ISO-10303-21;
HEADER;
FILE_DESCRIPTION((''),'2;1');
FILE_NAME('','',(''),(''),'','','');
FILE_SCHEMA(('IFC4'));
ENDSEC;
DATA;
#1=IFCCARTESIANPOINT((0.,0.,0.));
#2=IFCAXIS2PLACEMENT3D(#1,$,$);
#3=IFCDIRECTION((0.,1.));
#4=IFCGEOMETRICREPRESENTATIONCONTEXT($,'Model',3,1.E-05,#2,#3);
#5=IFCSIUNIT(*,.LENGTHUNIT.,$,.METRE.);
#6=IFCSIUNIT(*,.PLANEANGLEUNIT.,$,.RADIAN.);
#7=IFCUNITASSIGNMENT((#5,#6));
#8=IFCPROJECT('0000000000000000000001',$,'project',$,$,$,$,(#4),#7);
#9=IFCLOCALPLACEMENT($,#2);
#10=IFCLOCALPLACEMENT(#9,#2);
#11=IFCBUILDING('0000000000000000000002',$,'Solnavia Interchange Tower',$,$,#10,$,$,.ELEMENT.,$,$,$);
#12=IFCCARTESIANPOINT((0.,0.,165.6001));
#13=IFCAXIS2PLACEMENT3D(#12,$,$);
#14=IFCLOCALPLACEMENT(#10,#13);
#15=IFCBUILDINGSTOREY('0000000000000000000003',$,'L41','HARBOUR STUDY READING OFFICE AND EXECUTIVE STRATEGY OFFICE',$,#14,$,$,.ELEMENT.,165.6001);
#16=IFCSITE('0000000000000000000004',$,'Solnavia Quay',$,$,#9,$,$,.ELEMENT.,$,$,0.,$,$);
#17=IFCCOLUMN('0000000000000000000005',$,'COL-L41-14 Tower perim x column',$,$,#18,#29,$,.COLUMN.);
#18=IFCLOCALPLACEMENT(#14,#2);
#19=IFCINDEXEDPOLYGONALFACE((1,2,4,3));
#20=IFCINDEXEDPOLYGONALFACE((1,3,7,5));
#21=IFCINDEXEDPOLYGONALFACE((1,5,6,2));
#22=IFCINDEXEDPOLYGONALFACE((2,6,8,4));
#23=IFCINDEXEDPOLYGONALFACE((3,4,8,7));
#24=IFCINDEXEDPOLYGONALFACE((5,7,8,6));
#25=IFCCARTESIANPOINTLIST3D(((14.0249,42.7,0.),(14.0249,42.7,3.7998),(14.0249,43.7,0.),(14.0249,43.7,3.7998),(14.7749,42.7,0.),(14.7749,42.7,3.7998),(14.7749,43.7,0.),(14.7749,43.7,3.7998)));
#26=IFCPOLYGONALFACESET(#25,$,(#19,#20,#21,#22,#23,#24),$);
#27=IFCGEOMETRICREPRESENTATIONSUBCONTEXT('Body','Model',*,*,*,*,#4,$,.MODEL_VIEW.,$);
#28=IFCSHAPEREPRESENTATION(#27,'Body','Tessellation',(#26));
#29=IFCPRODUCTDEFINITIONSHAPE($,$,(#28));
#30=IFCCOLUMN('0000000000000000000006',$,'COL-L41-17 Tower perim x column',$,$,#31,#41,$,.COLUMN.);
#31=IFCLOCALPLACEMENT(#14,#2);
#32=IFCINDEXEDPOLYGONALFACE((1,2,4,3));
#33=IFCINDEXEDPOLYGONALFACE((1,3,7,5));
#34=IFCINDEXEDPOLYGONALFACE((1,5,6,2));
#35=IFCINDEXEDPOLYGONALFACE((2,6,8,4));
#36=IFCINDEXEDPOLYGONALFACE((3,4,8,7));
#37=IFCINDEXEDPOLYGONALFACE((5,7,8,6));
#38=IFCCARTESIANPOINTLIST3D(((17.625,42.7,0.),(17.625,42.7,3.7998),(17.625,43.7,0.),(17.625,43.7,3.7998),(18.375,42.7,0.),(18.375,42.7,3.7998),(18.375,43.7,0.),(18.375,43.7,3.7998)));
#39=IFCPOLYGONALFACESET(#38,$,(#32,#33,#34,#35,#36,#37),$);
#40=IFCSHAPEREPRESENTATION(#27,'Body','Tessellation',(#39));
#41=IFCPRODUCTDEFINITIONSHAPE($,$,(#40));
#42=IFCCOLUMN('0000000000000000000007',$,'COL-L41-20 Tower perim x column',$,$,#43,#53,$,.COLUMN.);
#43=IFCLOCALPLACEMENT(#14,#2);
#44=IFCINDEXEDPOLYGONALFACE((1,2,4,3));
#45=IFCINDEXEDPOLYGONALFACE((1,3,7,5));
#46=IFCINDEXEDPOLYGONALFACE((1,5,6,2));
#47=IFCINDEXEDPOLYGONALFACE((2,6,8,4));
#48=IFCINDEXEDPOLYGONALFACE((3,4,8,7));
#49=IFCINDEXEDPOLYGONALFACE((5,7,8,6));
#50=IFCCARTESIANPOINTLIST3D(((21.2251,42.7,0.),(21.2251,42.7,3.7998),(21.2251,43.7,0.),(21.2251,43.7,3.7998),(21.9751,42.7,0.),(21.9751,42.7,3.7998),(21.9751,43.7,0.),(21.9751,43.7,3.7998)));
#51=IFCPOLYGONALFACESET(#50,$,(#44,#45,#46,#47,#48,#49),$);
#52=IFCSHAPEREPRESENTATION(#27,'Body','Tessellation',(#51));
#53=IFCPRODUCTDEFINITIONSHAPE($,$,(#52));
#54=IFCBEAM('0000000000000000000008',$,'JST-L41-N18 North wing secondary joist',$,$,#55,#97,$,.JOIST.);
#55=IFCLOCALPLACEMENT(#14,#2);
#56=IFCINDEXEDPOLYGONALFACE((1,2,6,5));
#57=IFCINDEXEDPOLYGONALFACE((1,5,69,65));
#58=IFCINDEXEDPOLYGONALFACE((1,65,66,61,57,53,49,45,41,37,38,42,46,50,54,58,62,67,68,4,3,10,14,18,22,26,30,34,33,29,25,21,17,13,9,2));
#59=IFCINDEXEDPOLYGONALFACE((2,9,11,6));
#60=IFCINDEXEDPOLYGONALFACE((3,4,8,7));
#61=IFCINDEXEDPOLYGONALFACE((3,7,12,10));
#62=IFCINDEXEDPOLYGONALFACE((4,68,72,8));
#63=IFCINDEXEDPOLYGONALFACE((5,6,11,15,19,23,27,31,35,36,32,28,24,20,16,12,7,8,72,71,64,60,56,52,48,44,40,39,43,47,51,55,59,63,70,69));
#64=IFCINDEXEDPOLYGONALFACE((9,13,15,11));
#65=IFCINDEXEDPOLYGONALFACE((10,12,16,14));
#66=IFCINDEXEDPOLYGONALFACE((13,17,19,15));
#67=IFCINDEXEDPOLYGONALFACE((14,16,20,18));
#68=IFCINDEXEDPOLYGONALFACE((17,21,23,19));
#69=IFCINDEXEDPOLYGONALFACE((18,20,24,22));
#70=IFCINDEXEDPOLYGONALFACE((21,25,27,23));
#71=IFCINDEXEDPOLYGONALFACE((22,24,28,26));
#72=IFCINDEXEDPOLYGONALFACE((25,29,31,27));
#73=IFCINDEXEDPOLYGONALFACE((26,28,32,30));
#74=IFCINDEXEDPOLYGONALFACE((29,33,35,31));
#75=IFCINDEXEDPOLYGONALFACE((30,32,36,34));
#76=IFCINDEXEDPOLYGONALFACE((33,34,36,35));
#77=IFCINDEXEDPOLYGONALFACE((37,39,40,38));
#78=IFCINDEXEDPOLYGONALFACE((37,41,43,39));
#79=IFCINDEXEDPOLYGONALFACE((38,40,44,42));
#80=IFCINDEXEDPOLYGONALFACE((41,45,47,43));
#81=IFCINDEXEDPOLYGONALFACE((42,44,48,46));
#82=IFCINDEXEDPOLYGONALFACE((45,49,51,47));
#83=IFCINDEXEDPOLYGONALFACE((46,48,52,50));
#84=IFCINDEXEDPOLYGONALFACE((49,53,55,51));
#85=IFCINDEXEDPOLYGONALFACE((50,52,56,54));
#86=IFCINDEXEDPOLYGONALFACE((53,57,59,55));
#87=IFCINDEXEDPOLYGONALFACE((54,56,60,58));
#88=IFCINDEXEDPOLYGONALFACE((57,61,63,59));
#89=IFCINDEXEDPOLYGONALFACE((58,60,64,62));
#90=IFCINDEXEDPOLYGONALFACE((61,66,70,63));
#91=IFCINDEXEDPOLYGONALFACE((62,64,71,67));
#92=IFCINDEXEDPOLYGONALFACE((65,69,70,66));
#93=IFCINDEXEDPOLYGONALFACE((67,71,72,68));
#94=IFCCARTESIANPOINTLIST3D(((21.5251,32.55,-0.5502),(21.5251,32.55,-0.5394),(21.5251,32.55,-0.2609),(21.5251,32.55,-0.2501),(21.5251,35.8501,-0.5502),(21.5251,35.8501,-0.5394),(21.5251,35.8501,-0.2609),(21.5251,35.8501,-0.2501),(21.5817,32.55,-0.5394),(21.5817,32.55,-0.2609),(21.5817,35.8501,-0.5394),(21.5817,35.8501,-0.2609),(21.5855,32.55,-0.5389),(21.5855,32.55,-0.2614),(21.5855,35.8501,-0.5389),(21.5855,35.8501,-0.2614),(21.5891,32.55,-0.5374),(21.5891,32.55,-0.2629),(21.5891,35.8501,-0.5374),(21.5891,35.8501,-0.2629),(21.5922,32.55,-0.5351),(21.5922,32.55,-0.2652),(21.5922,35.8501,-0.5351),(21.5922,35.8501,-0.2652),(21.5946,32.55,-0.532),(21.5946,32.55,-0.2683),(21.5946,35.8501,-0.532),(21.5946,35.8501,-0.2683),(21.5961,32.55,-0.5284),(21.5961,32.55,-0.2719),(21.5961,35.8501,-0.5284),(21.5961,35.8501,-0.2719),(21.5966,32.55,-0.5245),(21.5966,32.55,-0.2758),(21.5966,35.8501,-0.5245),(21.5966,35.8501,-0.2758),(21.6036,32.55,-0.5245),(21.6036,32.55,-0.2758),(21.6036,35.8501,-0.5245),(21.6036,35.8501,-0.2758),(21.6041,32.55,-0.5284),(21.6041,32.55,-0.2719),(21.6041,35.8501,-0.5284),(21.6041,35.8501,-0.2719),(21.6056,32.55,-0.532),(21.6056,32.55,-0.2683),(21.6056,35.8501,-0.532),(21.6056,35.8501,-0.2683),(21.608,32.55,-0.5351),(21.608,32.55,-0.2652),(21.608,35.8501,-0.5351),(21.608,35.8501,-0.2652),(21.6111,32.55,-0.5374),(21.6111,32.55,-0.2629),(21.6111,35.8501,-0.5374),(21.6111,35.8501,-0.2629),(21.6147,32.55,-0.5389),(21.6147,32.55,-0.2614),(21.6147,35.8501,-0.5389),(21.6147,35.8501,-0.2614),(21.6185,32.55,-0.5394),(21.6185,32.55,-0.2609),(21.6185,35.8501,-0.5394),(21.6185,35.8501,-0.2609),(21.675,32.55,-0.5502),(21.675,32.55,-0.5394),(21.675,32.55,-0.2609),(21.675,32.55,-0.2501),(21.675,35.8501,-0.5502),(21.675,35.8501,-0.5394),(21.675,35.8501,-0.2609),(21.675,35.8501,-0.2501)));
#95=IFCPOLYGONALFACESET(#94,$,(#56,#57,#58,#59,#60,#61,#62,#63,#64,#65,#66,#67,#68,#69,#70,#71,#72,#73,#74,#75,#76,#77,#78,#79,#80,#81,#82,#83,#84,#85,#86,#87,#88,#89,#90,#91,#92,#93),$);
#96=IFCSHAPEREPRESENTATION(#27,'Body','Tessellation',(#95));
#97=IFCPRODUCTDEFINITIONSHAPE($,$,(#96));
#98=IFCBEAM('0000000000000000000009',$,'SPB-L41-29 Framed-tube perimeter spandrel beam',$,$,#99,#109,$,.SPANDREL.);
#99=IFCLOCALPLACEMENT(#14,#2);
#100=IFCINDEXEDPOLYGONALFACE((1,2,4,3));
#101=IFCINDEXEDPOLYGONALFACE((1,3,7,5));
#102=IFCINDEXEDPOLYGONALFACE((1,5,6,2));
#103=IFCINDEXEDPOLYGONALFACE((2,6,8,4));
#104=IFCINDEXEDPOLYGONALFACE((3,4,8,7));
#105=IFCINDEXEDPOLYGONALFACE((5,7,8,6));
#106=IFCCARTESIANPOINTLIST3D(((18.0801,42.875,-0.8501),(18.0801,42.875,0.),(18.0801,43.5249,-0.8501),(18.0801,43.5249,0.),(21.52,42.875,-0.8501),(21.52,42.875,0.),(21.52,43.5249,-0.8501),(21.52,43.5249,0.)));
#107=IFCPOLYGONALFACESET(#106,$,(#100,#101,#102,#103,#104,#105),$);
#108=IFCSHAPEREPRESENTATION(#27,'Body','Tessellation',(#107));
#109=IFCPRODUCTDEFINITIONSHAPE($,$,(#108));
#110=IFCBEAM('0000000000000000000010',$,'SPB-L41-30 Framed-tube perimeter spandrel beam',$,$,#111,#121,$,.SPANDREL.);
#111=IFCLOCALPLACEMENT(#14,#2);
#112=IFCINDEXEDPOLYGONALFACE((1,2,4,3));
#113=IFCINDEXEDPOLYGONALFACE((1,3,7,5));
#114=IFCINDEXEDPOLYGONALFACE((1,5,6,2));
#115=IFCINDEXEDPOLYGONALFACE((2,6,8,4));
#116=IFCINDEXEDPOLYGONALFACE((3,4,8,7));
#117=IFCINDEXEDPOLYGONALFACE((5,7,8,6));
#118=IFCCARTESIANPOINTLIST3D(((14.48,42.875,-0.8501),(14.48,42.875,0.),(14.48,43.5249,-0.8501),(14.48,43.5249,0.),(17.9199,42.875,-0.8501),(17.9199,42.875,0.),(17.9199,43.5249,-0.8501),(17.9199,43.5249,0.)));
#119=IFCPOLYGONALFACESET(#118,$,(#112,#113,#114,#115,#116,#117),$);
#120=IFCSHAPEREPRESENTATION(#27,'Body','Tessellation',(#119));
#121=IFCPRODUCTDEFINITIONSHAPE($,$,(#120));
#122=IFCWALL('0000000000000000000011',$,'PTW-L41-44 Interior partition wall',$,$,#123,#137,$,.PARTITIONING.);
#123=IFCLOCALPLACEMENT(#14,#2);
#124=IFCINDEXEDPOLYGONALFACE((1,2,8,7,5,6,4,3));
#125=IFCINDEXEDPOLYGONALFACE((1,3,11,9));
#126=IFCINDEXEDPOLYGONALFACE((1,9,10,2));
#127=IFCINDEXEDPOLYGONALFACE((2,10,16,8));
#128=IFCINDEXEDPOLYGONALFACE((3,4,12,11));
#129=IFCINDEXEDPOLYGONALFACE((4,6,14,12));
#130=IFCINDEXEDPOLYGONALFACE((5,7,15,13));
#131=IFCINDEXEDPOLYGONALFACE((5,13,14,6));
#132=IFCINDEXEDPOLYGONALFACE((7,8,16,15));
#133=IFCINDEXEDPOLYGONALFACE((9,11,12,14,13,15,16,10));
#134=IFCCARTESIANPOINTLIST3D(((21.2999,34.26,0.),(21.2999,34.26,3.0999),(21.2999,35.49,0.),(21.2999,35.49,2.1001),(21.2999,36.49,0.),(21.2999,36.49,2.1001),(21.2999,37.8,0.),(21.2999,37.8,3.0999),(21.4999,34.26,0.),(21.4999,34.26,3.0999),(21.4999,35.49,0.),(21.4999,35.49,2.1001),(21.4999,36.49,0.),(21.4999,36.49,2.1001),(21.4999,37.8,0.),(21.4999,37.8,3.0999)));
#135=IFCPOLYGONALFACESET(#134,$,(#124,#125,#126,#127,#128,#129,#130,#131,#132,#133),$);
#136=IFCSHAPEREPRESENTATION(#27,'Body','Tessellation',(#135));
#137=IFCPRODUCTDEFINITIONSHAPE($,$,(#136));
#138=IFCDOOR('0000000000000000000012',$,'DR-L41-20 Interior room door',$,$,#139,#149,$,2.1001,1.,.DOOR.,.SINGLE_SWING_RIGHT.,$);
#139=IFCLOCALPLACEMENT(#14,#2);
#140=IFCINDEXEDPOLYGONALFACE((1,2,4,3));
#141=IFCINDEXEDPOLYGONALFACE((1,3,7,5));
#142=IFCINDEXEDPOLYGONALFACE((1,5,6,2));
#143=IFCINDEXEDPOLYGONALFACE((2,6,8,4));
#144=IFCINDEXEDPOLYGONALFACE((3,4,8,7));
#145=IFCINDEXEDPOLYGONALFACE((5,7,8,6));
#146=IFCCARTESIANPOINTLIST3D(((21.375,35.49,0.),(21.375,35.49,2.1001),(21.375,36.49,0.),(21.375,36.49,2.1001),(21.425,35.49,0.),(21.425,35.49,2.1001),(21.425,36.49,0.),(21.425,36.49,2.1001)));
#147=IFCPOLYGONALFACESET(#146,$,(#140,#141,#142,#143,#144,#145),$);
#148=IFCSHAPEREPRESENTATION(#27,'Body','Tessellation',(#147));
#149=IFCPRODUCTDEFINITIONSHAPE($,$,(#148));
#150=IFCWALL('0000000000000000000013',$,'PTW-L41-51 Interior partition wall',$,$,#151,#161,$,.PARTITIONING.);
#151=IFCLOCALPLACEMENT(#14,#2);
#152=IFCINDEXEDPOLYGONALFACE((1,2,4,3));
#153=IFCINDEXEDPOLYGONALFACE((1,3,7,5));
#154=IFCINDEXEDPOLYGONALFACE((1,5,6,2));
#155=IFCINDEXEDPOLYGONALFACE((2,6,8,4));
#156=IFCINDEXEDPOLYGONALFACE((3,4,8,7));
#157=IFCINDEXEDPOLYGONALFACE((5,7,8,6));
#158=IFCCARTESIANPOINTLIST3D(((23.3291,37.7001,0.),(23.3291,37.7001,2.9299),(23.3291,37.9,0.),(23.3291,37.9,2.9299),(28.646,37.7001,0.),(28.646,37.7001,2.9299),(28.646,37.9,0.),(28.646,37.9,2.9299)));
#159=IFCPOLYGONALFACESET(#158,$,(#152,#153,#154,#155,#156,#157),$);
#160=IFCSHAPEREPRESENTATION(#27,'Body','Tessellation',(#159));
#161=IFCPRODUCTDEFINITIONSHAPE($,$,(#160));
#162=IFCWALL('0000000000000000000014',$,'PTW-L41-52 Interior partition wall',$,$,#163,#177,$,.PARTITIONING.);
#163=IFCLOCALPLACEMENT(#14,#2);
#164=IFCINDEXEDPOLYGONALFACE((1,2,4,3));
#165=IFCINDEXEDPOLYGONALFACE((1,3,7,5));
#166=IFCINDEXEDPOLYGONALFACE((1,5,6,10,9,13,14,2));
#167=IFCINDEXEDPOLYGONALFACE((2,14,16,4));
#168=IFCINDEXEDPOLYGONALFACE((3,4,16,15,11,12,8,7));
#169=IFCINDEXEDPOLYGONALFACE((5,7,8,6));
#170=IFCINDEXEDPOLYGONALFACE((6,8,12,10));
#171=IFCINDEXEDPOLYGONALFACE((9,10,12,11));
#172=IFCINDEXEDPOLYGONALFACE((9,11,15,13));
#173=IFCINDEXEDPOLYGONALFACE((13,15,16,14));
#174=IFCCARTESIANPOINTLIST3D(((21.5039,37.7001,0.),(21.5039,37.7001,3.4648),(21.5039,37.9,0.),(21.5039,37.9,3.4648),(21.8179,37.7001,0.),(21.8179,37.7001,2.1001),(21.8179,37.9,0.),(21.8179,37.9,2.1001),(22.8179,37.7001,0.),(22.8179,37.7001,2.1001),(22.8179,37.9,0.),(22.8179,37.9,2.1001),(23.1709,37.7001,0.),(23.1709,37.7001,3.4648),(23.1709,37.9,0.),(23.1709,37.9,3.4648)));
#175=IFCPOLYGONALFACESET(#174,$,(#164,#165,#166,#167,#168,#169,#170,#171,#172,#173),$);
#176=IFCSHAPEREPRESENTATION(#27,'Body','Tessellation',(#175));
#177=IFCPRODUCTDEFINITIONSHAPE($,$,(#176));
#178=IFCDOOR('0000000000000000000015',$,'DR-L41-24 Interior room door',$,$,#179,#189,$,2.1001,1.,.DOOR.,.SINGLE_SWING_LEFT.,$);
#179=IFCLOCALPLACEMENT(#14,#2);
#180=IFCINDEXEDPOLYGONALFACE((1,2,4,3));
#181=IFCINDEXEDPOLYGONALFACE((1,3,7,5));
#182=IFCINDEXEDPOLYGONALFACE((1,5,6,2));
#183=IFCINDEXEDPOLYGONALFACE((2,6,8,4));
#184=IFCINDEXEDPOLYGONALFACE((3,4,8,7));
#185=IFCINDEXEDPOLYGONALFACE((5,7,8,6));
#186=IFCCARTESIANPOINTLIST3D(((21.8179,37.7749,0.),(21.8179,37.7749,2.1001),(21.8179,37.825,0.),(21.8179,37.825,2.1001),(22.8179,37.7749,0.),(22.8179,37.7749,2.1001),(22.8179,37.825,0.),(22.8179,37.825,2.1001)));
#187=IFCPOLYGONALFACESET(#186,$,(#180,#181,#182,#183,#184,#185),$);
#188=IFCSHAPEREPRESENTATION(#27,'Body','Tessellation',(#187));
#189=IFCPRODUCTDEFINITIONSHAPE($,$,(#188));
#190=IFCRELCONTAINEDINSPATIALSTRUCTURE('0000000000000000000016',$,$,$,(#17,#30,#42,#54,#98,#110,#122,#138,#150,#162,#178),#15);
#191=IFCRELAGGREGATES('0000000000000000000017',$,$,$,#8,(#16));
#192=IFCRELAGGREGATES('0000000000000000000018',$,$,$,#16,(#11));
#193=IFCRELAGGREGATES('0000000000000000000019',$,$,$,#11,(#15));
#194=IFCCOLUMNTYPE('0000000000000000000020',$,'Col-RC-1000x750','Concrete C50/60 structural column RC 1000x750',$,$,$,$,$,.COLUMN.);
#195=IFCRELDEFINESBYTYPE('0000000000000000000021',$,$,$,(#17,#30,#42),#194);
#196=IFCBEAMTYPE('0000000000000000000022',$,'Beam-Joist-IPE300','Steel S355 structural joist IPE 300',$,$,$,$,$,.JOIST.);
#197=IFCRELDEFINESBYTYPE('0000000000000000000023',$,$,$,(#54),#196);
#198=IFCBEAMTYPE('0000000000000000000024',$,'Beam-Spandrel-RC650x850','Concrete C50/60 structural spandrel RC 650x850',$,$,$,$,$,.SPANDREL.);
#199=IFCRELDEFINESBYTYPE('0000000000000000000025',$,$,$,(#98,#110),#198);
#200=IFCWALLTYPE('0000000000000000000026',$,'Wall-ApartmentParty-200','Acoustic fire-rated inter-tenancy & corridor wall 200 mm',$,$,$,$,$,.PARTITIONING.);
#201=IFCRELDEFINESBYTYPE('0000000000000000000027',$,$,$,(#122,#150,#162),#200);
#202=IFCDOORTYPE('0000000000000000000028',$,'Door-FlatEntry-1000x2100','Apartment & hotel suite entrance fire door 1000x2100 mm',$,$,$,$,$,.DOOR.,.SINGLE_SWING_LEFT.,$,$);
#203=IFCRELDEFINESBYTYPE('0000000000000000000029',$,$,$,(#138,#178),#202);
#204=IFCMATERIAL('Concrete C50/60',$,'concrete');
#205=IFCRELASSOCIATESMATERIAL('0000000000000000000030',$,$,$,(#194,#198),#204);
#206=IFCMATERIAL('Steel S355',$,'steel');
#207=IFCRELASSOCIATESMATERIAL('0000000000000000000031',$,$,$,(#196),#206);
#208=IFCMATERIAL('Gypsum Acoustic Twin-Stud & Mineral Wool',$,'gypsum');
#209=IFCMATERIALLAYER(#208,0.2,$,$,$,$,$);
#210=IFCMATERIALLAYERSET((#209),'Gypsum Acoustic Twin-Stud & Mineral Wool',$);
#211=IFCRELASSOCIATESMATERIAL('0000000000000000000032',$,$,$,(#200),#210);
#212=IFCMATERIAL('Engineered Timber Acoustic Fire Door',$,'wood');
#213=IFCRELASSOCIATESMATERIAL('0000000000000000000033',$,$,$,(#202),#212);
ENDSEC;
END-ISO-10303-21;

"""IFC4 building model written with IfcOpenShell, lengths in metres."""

from ifc_helpers import new_model, si_unit, direction, frame, frame_2d, origin, origin_2d, place, context, subcontext, project, spatial, rectangle, i_section, extrude, material, layer, layer_set, material_profile, profile_set, type_object, element, fill, save


model = new_model("IFC4")

# Units and contexts
model_context = context("Model", 3, precision=1e-05, world=origin(), true_north=direction((0.0, 1.0)))
body_context = subcontext(model_context, "Body", "Model", "MODEL_VIEW")
ifc_project = project(units=[si_unit("LENGTHUNIT", "METRE"), si_unit("PLANEANGLEUNIT", "RADIAN")], contexts=[model_context])

# Site, building, storey
site_placement = place(None, origin())
site = spatial("IfcSite", under=ifc_project, at=site_placement, Name="Solnavia Quay", CompositionType="ELEMENT", RefElevation=0.0)
building_placement = place(site_placement, origin())
building = spatial("IfcBuilding", under=site, at=building_placement, Name="Solnavia Interchange Tower", CompositionType="ELEMENT")
storey_placement = place(building_placement, frame((0.0, 0.0, 165.6001)))
storey = spatial("IfcBuildingStorey", under=building, at=storey_placement, Name="L41", Description="HARBOUR STUDY READING OFFICE AND EXECUTIVE STRATEGY OFFICE", CompositionType="ELEMENT", Elevation=165.6001)

# Columns
ifc_material_1 = material(Name="Concrete C50/60", Category="concrete")
ifc_material_profile_1 = material_profile(ifc_material_1, rectangle(XDim=0.75, YDim=1.0, at=origin_2d()), Name="RC 1000x750")
ifc_profile_set_1 = profile_set([ifc_material_profile_1], Name="Concrete C50/60")
column_type = type_object("IfcColumnType", Name="Col-RC-1000x750", Description="Concrete C50/60 structural column RC 1000x750", PredefinedType="COLUMN", material=ifc_profile_set_1)
for number, where, z_axis, x_axis, name in (
    (1, (14.3999, 43.2, 0.0), (0.0, 0.0, 1.0), (1.0, 0.0, 0.0), "COL-L41-14 Tower perim x column"),
    (2, (18.0, 43.2, 0.0), (0.0, 0.0, 1.0), (1.0, 0.0, 0.0), "COL-L41-17 Tower perim x column"),
    (3, (21.6001, 43.2, 0.0), (0.0, 0.0, 1.0), (1.0, 0.0, 0.0), "COL-L41-20 Tower perim x column"),
):
    element("IfcColumn", number, at=place(storey_placement, frame(where, z_axis=z_axis, x_axis=x_axis)), inside=storey, type_object=column_type, Name=name, PredefinedType="COLUMN", context=body_context, shape_type="SweptSolid", body=[
        extrude(rectangle(XDim=0.75, YDim=1.0, at=origin_2d()), origin(), (0.0, 0.0, 1.0), 3.7998),
    ])

# Beams
ifc_material_2 = material(Name="Steel S355", Category="steel")
ifc_material_profile_2 = material_profile(ifc_material_2, i_section(OverallWidth=0.1499, OverallDepth=0.3, WebThickness=0.0071, FlangeThickness=0.0107, FilletRadius=0.0149, at=origin_2d()), Name="IPE 300")
ifc_profile_set_2 = profile_set([ifc_material_profile_2], Name="Steel S355")
beam_type_1 = type_object("IfcBeamType", Name="Beam-Joist-IPE300", Description="Steel S355 structural joist IPE 300", PredefinedType="JOIST", material=ifc_profile_set_2)
beam_placement = place(storey_placement, frame((21.6001, 32.55, -0.4001), z_axis=(0.0, 1.0, 0.0), x_axis=(-1.0, 0.0, 0.0)))
element("IfcBeam", 4, at=beam_placement, inside=storey, type_object=beam_type_1, Name="JST-L41-N18 North wing secondary joist", PredefinedType="JOIST", context=body_context, shape_type="SweptSolid", body=[
    extrude(i_section(OverallWidth=0.1499, OverallDepth=0.3, WebThickness=0.0071, FlangeThickness=0.0107, FilletRadius=0.0149, at=origin_2d()), origin(), (0.0, 0.0, 1.0), 3.3),
])
ifc_material_profile_3 = material_profile(ifc_material_1, rectangle(XDim=0.6499, YDim=0.8501, at=origin_2d()), Name="RC 650x850")
ifc_profile_set_3 = profile_set([ifc_material_profile_3], Name="Concrete C50/60")
beam_type_2 = type_object("IfcBeamType", Name="Beam-Spandrel-RC650x850", Description="Concrete C50/60 structural spandrel RC 650x850", PredefinedType="SPANDREL", material=ifc_profile_set_3)
for number, where, z_axis, x_axis, name in (
    (5, (21.52, 43.2, -0.425), (-1.0, 0.0, 0.0), (0.0, -1.0, 0.0), "SPB-L41-29 Framed-tube perimeter spandrel beam"),
    (6, (17.9199, 43.2, -0.425), (-1.0, 0.0, 0.0), (0.0, -1.0, 0.0), "SPB-L41-30 Framed-tube perimeter spandrel beam"),
):
    element("IfcBeam", number, at=place(storey_placement, frame(where, z_axis=z_axis, x_axis=x_axis)), inside=storey, type_object=beam_type_2, Name=name, PredefinedType="SPANDREL", context=body_context, shape_type="SweptSolid", body=[
        extrude(rectangle(XDim=0.6499, YDim=0.8501, at=origin_2d()), origin(), (0.0, 0.0, 1.0), 3.4399),
    ])

# Wall, opening, door
ifc_material_3 = material(Name="Gypsum Acoustic Twin-Stud & Mineral Wool", Category="gypsum")
ifc_layer_1 = layer(ifc_material_3, 0.2)
ifc_layer_set_1 = layer_set([ifc_layer_1], Name="Gypsum Acoustic Twin-Stud & Mineral Wool")
wall_type_1 = type_object("IfcWallType", Name="Wall-ApartmentParty-200", Description="Acoustic fire-rated inter-tenancy & corridor wall 200 mm", PredefinedType="PARTITIONING", material=ifc_layer_set_1)
wall_1_placement = place(storey_placement, frame((21.3999, 34.26, 0.0), z_axis=(0.0, 0.0, 1.0), x_axis=(0.0, 1.0, 0.0)))
wall_1 = element("IfcWall", 7, at=wall_1_placement, inside=storey, type_object=wall_type_1, Name="PTW-L41-44 Interior partition wall", PredefinedType="PARTITIONING", context=body_context, shape_type="SweptSolid", body=[
    extrude(rectangle(XDim=3.54, YDim=0.2, at=frame_2d((1.77, 0.0))), origin(), (0.0, 0.0, 1.0), 3.0999),
])
opening_1_placement = place(wall_1_placement, frame((1.23, 0.0, 0.0)))
opening_1 = element("IfcOpeningElement", 8, at=opening_1_placement, cuts=wall_1, PredefinedType="OPENING", context=body_context, shape_type="SweptSolid", body=[
    extrude(rectangle(XDim=1.0, YDim=2.1001, at=frame_2d((0.5, 1.05))), frame((0.0, 0.1099, 0.0), z_axis=(0.0, -1.0, 0.0), x_axis=(1.0, 0.0, 0.0)), (0.0, 0.0, 1.0), 0.22),
])
ifc_material_4 = material(Name="Engineered Timber Acoustic Fire Door", Category="wood")
door_type_1 = type_object("IfcDoorType", Name="Door-FlatEntry-1000x2100", Description="Apartment & hotel suite entrance fire door 1000x2100 mm", OperationType="SINGLE_SWING_LEFT", PredefinedType="DOOR", material=ifc_material_4)
door_1_placement = place(opening_1_placement, origin())
door_1 = element("IfcDoor", 9, at=door_1_placement, inside=storey, type_object=door_type_1, Name="DR-L41-20 Interior room door", OperationType="SINGLE_SWING_RIGHT", OverallHeight=2.1001, OverallWidth=1.0, PredefinedType="DOOR", context=body_context, shape_type="SweptSolid", body=[
    extrude(rectangle(XDim=1.0, YDim=2.1001, at=frame_2d((0.5, 1.05))), frame((0.0, 0.0249, 0.0), z_axis=(0.0, -1.0, 0.0), x_axis=(1.0, 0.0, 0.0)), (0.0, 0.0, 1.0), 0.05),
])
fill(opening_1, door_1)

# Wall
wall_2_placement = place(storey_placement, frame((23.3291, 37.8, 0.0), z_axis=(0.0, 0.0, 1.0), x_axis=(1.0, 0.0, 0.0)))
element("IfcWall", 10, at=wall_2_placement, inside=storey, type_object=wall_type_1, Name="PTW-L41-51 Interior partition wall", PredefinedType="PARTITIONING", context=body_context, shape_type="SweptSolid", body=[
    extrude(rectangle(XDim=5.3169, YDim=0.2, at=frame_2d((2.6584, 0.0))), origin(), (0.0, 0.0, 1.0), 2.9299),
])

# Wall, opening, door
wall_3_placement = place(storey_placement, frame((21.5039, 37.8, 0.0), z_axis=(0.0, 0.0, 1.0), x_axis=(1.0, 0.0, 0.0)))
wall_3 = element("IfcWall", 11, at=wall_3_placement, inside=storey, type_object=wall_type_1, Name="PTW-L41-52 Interior partition wall", PredefinedType="PARTITIONING", context=body_context, shape_type="SweptSolid", body=[
    extrude(rectangle(XDim=1.667, YDim=0.2, at=frame_2d((0.8335, 0.0))), origin(), (0.0, 0.0, 1.0), 3.4648),
])
opening_2_placement = place(wall_3_placement, frame((0.314, 0.0, 0.0)))
opening_2 = element("IfcOpeningElement", 12, at=opening_2_placement, cuts=wall_3, PredefinedType="OPENING", context=body_context, shape_type="SweptSolid", body=[
    extrude(rectangle(XDim=1.0, YDim=2.1001, at=frame_2d((0.5, 1.05))), frame((0.0, 0.1099, 0.0), z_axis=(0.0, -1.0, 0.0), x_axis=(1.0, 0.0, 0.0)), (0.0, 0.0, 1.0), 0.22),
])
door_2_placement = place(opening_2_placement, origin())
door_2 = element("IfcDoor", 13, at=door_2_placement, inside=storey, type_object=door_type_1, Name="DR-L41-24 Interior room door", OperationType="SINGLE_SWING_LEFT", OverallHeight=2.1001, OverallWidth=1.0, PredefinedType="DOOR", context=body_context, shape_type="SweptSolid", body=[
    extrude(rectangle(XDim=1.0, YDim=2.1001, at=frame_2d((0.5, 1.05))), frame((0.0, 0.0249, 0.0), z_axis=(0.0, -1.0, 0.0), x_axis=(1.0, 0.0, 0.0)), (0.0, 0.0, 1.0), 0.05),
])
fill(opening_2, door_2)

save(model, "model.ifc")
